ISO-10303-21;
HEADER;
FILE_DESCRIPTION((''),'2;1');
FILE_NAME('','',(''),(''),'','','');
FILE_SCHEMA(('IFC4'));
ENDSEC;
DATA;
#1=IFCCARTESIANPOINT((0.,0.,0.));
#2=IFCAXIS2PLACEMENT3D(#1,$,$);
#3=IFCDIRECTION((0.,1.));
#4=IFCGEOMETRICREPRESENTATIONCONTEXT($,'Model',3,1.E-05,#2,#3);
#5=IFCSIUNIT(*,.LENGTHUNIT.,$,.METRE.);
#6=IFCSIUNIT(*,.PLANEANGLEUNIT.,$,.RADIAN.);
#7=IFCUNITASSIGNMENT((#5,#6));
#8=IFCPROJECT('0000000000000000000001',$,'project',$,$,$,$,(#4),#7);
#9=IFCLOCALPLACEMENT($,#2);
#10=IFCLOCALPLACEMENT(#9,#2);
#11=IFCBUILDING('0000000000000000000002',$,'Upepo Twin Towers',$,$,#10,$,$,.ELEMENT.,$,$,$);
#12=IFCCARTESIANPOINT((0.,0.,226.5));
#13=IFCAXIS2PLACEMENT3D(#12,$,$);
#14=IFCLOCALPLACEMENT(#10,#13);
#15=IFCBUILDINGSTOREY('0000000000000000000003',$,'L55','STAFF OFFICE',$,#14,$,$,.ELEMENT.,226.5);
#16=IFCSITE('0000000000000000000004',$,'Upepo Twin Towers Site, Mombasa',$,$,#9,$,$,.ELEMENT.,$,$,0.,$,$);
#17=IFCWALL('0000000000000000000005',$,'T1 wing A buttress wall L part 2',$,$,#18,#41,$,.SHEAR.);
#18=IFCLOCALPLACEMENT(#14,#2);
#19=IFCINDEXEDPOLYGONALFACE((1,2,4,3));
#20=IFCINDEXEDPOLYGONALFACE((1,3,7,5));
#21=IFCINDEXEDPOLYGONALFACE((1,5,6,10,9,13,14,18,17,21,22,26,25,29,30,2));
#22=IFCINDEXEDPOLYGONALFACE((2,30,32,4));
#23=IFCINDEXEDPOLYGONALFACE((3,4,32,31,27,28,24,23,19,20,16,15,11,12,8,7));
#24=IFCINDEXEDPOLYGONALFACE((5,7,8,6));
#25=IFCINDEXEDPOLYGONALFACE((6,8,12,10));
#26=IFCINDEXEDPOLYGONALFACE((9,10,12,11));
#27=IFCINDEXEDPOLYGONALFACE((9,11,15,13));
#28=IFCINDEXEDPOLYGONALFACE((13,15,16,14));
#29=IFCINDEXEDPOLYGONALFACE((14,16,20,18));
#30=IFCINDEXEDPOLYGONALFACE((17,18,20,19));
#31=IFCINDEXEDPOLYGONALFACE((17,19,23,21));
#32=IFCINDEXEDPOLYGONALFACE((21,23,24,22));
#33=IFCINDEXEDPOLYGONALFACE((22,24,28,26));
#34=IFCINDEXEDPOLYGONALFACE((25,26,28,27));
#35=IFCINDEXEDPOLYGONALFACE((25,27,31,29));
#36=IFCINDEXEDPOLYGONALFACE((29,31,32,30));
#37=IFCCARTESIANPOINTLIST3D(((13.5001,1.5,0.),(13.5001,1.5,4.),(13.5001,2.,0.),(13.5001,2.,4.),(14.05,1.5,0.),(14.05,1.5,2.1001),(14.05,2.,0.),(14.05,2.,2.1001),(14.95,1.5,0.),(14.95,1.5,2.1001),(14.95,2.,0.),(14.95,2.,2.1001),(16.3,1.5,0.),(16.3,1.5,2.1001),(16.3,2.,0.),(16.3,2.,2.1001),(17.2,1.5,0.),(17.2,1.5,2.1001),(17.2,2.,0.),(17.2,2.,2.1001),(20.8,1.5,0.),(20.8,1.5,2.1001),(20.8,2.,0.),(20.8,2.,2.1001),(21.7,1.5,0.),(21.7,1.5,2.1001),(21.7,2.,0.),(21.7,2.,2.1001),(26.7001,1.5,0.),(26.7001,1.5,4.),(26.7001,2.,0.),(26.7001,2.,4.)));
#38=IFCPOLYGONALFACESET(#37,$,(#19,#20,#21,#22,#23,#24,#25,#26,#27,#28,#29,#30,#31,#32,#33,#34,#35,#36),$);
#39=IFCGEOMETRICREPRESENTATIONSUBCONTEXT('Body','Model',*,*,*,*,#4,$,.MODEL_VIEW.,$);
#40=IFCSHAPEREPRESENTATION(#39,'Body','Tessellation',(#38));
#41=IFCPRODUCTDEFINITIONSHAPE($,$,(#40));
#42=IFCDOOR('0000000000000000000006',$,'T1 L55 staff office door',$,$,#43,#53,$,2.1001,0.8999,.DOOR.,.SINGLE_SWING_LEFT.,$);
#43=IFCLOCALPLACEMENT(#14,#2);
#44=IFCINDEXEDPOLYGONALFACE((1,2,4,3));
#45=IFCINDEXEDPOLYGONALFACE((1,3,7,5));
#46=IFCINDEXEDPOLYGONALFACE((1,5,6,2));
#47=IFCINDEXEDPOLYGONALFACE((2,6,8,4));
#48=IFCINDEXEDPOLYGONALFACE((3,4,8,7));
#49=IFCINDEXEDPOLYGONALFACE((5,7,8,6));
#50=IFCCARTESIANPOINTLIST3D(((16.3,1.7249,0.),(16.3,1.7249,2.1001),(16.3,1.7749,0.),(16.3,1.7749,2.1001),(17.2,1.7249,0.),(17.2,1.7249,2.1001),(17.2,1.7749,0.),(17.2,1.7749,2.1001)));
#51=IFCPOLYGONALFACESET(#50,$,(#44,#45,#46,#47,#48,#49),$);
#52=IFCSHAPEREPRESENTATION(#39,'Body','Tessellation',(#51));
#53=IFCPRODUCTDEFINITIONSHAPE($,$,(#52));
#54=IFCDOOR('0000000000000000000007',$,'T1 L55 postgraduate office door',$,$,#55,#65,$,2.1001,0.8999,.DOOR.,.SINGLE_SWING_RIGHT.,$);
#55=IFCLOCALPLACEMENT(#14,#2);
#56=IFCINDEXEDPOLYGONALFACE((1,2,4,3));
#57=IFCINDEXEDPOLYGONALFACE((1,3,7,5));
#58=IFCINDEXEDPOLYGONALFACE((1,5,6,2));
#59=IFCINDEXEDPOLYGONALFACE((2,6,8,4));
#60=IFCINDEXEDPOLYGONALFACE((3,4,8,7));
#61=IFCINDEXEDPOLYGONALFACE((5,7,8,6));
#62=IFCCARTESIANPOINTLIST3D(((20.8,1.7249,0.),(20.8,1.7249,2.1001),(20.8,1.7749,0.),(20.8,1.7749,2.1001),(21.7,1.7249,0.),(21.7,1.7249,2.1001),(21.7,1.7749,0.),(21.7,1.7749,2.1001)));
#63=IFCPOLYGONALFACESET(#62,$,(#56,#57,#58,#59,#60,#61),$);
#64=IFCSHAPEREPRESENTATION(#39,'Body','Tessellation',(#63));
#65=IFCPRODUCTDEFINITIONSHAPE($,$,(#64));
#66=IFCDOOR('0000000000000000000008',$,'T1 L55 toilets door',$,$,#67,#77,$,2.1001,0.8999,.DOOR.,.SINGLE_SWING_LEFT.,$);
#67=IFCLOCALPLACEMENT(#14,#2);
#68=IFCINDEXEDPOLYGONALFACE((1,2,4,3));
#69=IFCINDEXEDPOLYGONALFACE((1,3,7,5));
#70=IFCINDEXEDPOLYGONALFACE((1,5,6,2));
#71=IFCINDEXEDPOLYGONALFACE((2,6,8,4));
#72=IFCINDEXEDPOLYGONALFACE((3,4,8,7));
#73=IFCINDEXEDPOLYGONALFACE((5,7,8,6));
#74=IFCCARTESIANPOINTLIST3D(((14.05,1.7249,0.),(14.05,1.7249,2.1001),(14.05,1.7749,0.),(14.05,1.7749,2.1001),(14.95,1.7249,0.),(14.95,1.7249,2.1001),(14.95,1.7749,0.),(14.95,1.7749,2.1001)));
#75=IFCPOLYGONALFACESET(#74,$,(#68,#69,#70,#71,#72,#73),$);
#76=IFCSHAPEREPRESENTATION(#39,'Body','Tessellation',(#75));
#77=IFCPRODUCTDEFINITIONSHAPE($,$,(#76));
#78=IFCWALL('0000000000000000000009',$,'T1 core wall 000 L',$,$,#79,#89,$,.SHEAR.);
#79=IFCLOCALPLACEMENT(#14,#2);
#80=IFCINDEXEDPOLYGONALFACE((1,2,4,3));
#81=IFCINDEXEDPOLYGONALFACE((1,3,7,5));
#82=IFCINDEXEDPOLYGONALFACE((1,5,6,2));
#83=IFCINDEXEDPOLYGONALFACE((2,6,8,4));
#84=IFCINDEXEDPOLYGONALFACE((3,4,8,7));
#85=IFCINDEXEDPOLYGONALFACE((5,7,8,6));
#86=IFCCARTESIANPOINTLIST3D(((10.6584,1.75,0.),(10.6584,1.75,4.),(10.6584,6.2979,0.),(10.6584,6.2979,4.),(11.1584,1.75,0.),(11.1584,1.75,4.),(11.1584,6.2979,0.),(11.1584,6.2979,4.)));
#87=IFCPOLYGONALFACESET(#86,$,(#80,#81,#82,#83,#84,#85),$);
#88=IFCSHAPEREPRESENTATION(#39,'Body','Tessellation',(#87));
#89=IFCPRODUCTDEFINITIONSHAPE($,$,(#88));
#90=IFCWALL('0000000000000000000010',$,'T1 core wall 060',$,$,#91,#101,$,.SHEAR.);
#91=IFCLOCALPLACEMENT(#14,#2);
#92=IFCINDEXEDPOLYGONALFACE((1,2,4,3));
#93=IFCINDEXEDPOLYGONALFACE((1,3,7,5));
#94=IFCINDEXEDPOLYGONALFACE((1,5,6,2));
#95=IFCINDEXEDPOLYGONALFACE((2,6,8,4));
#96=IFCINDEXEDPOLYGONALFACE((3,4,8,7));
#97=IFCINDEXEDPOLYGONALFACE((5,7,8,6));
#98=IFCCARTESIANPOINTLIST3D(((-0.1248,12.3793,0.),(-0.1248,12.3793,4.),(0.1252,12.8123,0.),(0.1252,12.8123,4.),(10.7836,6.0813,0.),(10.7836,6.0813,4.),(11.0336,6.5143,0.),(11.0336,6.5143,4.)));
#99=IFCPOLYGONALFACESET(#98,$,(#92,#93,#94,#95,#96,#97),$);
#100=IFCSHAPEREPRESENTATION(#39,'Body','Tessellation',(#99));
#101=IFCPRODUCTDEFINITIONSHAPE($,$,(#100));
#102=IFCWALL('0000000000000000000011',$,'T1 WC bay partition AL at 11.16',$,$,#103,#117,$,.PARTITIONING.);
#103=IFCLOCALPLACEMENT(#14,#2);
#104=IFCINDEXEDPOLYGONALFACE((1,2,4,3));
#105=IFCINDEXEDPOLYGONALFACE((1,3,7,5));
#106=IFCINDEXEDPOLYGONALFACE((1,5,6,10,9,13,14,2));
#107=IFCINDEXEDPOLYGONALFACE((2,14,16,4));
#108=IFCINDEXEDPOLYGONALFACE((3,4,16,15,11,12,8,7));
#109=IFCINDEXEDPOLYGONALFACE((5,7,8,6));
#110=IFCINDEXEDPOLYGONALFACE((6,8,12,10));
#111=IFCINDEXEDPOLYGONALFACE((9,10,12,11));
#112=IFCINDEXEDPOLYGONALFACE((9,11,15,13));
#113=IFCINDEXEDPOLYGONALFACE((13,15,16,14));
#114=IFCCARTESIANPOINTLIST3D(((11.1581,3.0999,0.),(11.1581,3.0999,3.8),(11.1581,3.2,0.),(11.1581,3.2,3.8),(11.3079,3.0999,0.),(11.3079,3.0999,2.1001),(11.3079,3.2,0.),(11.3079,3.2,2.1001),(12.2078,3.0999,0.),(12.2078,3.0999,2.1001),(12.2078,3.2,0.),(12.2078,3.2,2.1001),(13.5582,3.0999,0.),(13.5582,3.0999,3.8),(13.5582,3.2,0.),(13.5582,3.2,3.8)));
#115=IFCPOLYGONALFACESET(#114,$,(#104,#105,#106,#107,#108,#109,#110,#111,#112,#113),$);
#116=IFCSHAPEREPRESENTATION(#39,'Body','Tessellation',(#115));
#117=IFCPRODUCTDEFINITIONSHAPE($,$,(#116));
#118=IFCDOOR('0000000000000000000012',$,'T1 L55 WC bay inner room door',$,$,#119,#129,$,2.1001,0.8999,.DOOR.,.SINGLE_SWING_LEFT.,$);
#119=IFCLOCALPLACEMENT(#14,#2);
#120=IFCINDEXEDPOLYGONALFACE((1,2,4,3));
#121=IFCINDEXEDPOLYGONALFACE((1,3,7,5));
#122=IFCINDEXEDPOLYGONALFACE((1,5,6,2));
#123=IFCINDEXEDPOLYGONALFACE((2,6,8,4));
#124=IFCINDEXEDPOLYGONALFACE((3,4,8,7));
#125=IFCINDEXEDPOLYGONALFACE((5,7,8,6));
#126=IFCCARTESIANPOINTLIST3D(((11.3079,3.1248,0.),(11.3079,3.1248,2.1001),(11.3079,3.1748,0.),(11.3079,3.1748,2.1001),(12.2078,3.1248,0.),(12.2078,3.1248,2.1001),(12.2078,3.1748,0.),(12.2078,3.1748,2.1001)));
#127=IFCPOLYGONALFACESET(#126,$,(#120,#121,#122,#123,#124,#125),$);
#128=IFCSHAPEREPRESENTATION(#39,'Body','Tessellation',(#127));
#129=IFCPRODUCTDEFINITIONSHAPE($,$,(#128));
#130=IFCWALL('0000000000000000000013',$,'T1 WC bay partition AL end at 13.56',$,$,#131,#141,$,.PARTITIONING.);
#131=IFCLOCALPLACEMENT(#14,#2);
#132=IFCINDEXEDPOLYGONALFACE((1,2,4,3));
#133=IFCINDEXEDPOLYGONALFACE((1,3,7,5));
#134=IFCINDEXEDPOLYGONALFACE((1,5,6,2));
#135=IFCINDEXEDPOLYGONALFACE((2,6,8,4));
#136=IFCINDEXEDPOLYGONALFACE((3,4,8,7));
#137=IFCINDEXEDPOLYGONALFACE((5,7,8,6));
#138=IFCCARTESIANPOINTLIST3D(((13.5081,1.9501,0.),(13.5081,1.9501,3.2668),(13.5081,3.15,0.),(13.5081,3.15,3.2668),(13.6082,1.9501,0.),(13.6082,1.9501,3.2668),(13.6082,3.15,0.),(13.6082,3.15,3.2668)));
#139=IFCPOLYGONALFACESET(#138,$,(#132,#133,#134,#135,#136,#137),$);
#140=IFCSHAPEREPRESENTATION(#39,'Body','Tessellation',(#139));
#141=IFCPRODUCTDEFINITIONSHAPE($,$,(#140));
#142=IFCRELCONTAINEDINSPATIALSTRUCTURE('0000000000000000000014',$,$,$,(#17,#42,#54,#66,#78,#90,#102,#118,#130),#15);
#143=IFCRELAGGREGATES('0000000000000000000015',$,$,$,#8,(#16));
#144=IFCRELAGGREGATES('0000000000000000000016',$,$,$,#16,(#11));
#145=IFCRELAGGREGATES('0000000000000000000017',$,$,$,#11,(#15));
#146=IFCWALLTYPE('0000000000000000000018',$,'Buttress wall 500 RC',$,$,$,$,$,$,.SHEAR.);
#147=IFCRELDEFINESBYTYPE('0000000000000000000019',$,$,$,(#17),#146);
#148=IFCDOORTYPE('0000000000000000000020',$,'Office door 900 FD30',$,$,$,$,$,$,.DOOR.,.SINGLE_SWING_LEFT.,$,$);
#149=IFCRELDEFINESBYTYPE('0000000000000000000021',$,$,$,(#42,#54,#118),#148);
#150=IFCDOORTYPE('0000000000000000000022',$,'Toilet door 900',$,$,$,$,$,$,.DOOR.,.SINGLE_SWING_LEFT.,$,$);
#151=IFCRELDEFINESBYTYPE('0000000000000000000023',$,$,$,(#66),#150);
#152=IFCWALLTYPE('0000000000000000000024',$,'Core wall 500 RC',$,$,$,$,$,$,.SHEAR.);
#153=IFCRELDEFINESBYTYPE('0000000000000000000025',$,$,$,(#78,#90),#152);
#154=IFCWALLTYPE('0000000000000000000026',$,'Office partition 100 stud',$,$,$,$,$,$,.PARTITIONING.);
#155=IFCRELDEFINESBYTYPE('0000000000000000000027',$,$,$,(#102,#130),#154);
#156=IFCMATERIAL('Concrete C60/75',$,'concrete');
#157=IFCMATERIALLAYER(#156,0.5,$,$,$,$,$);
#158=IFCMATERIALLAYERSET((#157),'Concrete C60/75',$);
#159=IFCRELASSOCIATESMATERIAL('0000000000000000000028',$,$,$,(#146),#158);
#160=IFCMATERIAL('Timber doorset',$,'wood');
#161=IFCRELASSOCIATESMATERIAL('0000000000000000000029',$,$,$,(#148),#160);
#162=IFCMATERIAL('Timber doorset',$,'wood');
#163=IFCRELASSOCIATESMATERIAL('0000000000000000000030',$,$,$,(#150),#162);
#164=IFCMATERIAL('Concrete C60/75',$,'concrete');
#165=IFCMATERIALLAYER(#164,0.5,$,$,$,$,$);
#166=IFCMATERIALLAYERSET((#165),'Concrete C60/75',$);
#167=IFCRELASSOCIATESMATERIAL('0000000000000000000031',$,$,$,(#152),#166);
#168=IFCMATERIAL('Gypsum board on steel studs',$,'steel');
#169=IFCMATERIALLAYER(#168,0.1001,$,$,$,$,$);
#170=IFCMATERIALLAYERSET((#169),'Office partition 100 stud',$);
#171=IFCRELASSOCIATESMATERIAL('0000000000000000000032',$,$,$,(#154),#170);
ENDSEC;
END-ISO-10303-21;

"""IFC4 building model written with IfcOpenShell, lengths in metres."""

from ifc_helpers import new_model, si_unit, direction, frame, frame_2d, origin, place, context, subcontext, project, spatial, rectangle, extrude, material, layer, layer_set, type_object, element, fill, save


model = new_model("IFC4")

# Units and contexts
model_context = context("Model", 3, precision=1e-05, world=origin(), true_north=direction((0.0, 1.0)))
body_context = subcontext(model_context, "Body", "Model", "MODEL_VIEW")
ifc_project = project(units=[si_unit("LENGTHUNIT", "METRE"), si_unit("PLANEANGLEUNIT", "RADIAN")], contexts=[model_context])

# Site, building, storey
site_placement = place(None, origin())
site = spatial("IfcSite", under=ifc_project, at=site_placement, Name="Upepo Twin Towers Site, Mombasa", CompositionType="ELEMENT", RefElevation=0.0)
building_placement = place(site_placement, origin())
building = spatial("IfcBuilding", under=site, at=building_placement, Name="Upepo Twin Towers", CompositionType="ELEMENT")
storey_placement = place(building_placement, frame((0.0, 0.0, 226.5)))
storey = spatial("IfcBuildingStorey", under=building, at=storey_placement, Name="L55", Description="STAFF OFFICE", CompositionType="ELEMENT", Elevation=226.5)

# Wall, openings, doors
ifc_material_1 = material(Name="Concrete C60/75", Category="concrete")
ifc_layer_1 = layer(ifc_material_1, 0.5)
ifc_layer_set_1 = layer_set([ifc_layer_1], Name="Concrete C60/75")
wall_type_1 = type_object("IfcWallType", Name="Buttress wall 500 RC", PredefinedType="SHEAR", material=ifc_layer_set_1)
wall_1_placement = place(storey_placement, frame((13.5, 1.75, 0.0), z_axis=(0.0, 0.0, 1.0), x_axis=(1.0, 0.0, 0.0)))
wall_1 = element("IfcWall", 1, at=wall_1_placement, inside=storey, type_object=wall_type_1, Name="T1 wing A buttress wall L part 2", PredefinedType="SHEAR", context=body_context, shape_type="SweptSolid", body=[
    extrude(rectangle(XDim=13.2, YDim=0.5, at=frame_2d((6.6001, 0.0))), origin(), (0.0, 0.0, 1.0), 4.0),
])
opening_1_placement = place(wall_1_placement, frame((0.55, 0.0, 0.0)))
opening_1 = element("IfcOpeningElement", 2, at=opening_1_placement, cuts=wall_1, PredefinedType="OPENING", context=body_context, shape_type="SweptSolid", body=[
    extrude(rectangle(XDim=0.8999, YDim=2.1001, at=frame_2d((0.45, 1.05))), frame((0.0, 0.26, 0.0), z_axis=(0.0, -1.0, 0.0), x_axis=(1.0, 0.0, 0.0)), (0.0, 0.0, 1.0), 0.52),
])
opening_2_placement = place(wall_1_placement, frame((2.8, 0.0, 0.0)))
opening_2 = element("IfcOpeningElement", 3, at=opening_2_placement, cuts=wall_1, PredefinedType="OPENING", context=body_context, shape_type="SweptSolid", body=[
    extrude(rectangle(XDim=0.8999, YDim=2.1001, at=frame_2d((0.45, 1.05))), frame((0.0, 0.26, 0.0), z_axis=(0.0, -1.0, 0.0), x_axis=(1.0, 0.0, 0.0)), (0.0, 0.0, 1.0), 0.52),
])
opening_3_placement = place(wall_1_placement, frame((7.3, 0.0, 0.0)))
opening_3 = element("IfcOpeningElement", 4, at=opening_3_placement, cuts=wall_1, PredefinedType="OPENING", context=body_context, shape_type="SweptSolid", body=[
    extrude(rectangle(XDim=0.8999, YDim=2.1001, at=frame_2d((0.45, 1.05))), frame((0.0, 0.26, 0.0), z_axis=(0.0, -1.0, 0.0), x_axis=(1.0, 0.0, 0.0)), (0.0, 0.0, 1.0), 0.52),
])
ifc_material_2 = material(Name="Timber doorset", Category="wood")
door_type_1 = type_object("IfcDoorType", Name="Office door 900 FD30", OperationType="SINGLE_SWING_LEFT", PredefinedType="DOOR", material=ifc_material_2)
door_1_placement = place(opening_2_placement, origin())
door_1 = element("IfcDoor", 5, at=door_1_placement, inside=storey, type_object=door_type_1, Name="T1 L55 staff office door", OperationType="SINGLE_SWING_LEFT", OverallHeight=2.1001, OverallWidth=0.8999, PredefinedType="DOOR", context=body_context, shape_type="SweptSolid", body=[
    extrude(rectangle(XDim=0.8999, YDim=2.1001, at=frame_2d((0.45, 1.05))), frame((0.0, 0.0249, 0.0), z_axis=(0.0, -1.0, 0.0), x_axis=(1.0, 0.0, 0.0)), (0.0, 0.0, 1.0), 0.05),
])
fill(opening_2, door_1)
door_2_placement = place(opening_3_placement, origin())
door_2 = element("IfcDoor", 6, at=door_2_placement, inside=storey, type_object=door_type_1, Name="T1 L55 postgraduate office door", OperationType="SINGLE_SWING_RIGHT", OverallHeight=2.1001, OverallWidth=0.8999, PredefinedType="DOOR", context=body_context, shape_type="SweptSolid", body=[
    extrude(rectangle(XDim=0.8999, YDim=2.1001, at=frame_2d((0.45, 1.05))), frame((0.0, 0.0249, 0.0), z_axis=(0.0, -1.0, 0.0), x_axis=(1.0, 0.0, 0.0)), (0.0, 0.0, 1.0), 0.05),
])
fill(opening_3, door_2)
ifc_material_3 = material(Name="Timber doorset", Category="wood")
door_type_2 = type_object("IfcDoorType", Name="Toilet door 900", OperationType="SINGLE_SWING_LEFT", PredefinedType="DOOR", material=ifc_material_3)
door_3_placement = place(opening_1_placement, origin())
door_3 = element("IfcDoor", 7, at=door_3_placement, inside=storey, type_object=door_type_2, Name="T1 L55 toilets door", OperationType="SINGLE_SWING_LEFT", OverallHeight=2.1001, OverallWidth=0.8999, PredefinedType="DOOR", context=body_context, shape_type="SweptSolid", body=[
    extrude(rectangle(XDim=0.8999, YDim=2.1001, at=frame_2d((0.45, 1.05))), frame((0.0, 0.0249, 0.0), z_axis=(0.0, -1.0, 0.0), x_axis=(1.0, 0.0, 0.0)), (0.0, 0.0, 1.0), 0.05),
])
fill(opening_1, door_3)

# Walls
ifc_material_4 = material(Name="Concrete C60/75", Category="concrete")
ifc_layer_2 = layer(ifc_material_4, 0.5)
ifc_layer_set_2 = layer_set([ifc_layer_2], Name="Concrete C60/75")
wall_type_2 = type_object("IfcWallType", Name="Core wall 500 RC", PredefinedType="SHEAR", material=ifc_layer_set_2)
wall_2_placement = place(storey_placement, frame((10.9084, 1.75, 0.0), z_axis=(0.0, 0.0, 1.0), x_axis=(0.0, 1.0, 0.0)))
element("IfcWall", 8, at=wall_2_placement, inside=storey, type_object=wall_type_2, Name="T1 core wall 000 L", PredefinedType="SHEAR", context=body_context, shape_type="SweptSolid", body=[
    extrude(rectangle(XDim=4.5479, YDim=0.5, at=frame_2d((2.2739, 0.0))), origin(), (0.0, 0.0, 1.0), 4.0),
])
wall_3_placement = place(storey_placement, frame((10.9084, 6.2979, 0.0), z_axis=(0.0, 0.0, 1.0), x_axis=(-0.866022, 0.500006, 0.0)))
element("IfcWall", 9, at=wall_3_placement, inside=storey, type_object=wall_type_2, Name="T1 core wall 060", PredefinedType="SHEAR", context=body_context, shape_type="SweptSolid", body=[
    extrude(rectangle(XDim=12.5959, YDim=0.5, at=frame_2d((6.2979, 0.0))), origin(), (0.0, 0.0, 1.0), 4.0),
])

# Wall, opening, door
ifc_material_5 = material(Name="Gypsum board on steel studs", Category="steel")
ifc_layer_3 = layer(ifc_material_5, 0.1001)
ifc_layer_set_3 = layer_set([ifc_layer_3], Name="Office partition 100 stud")
wall_type_3 = type_object("IfcWallType", Name="Office partition 100 stud", PredefinedType="PARTITIONING", material=ifc_layer_set_3)
wall_4_placement = place(storey_placement, frame((11.158, 3.1499, 0.0), z_axis=(0.0, 0.0, 1.0), x_axis=(1.0, 0.0, 0.0)))
wall_4 = element("IfcWall", 10, at=wall_4_placement, inside=storey, type_object=wall_type_3, Name="T1 WC bay partition AL at 11.16", PredefinedType="PARTITIONING", context=body_context, shape_type="SweptSolid", body=[
    extrude(rectangle(XDim=2.4001, YDim=0.1001, at=frame_2d((1.2002, 0.0))), origin(), (0.0, 0.0, 1.0), 3.8),
])
opening_4_placement = place(wall_4_placement, frame((0.1499, 0.0, 0.0)))
opening_4 = element("IfcOpeningElement", 11, at=opening_4_placement, cuts=wall_4, PredefinedType="OPENING", context=body_context, shape_type="SweptSolid", body=[
    extrude(rectangle(XDim=0.8999, YDim=2.1001, at=frame_2d((0.45, 1.05))), frame((0.0, 0.0601, 0.0), z_axis=(0.0, -1.0, 0.0), x_axis=(1.0, 0.0, 0.0)), (0.0, 0.0, 1.0), 0.1201),
])
door_4_placement = place(opening_4_placement, origin())
door_4 = element("IfcDoor", 12, at=door_4_placement, inside=storey, type_object=door_type_1, Name="T1 L55 WC bay inner room door", OperationType="SINGLE_SWING_LEFT", OverallHeight=2.1001, OverallWidth=0.8999, PredefinedType="DOOR", context=body_context, shape_type="SweptSolid", body=[
    extrude(rectangle(XDim=0.8999, YDim=2.1001, at=frame_2d((0.45, 1.05))), frame((0.0, 0.0249, 0.0), z_axis=(0.0, -1.0, 0.0), x_axis=(1.0, 0.0, 0.0)), (0.0, 0.0, 1.0), 0.05),
])
fill(opening_4, door_4)

# Wall
wall_5_placement = place(storey_placement, frame((13.5581, 1.95, 0.0), z_axis=(0.0, 0.0, 1.0), x_axis=(0.0, 1.0, 0.0)))
element("IfcWall", 13, at=wall_5_placement, inside=storey, type_object=wall_type_3, Name="T1 WC bay partition AL end at 13.56", PredefinedType="PARTITIONING", context=body_context, shape_type="SweptSolid", body=[
    extrude(rectangle(XDim=1.2, YDim=0.1001, at=frame_2d((0.6001, 0.0))), origin(), (0.0, 0.0, 1.0), 3.2668),
])

save(model, "model.ifc")
